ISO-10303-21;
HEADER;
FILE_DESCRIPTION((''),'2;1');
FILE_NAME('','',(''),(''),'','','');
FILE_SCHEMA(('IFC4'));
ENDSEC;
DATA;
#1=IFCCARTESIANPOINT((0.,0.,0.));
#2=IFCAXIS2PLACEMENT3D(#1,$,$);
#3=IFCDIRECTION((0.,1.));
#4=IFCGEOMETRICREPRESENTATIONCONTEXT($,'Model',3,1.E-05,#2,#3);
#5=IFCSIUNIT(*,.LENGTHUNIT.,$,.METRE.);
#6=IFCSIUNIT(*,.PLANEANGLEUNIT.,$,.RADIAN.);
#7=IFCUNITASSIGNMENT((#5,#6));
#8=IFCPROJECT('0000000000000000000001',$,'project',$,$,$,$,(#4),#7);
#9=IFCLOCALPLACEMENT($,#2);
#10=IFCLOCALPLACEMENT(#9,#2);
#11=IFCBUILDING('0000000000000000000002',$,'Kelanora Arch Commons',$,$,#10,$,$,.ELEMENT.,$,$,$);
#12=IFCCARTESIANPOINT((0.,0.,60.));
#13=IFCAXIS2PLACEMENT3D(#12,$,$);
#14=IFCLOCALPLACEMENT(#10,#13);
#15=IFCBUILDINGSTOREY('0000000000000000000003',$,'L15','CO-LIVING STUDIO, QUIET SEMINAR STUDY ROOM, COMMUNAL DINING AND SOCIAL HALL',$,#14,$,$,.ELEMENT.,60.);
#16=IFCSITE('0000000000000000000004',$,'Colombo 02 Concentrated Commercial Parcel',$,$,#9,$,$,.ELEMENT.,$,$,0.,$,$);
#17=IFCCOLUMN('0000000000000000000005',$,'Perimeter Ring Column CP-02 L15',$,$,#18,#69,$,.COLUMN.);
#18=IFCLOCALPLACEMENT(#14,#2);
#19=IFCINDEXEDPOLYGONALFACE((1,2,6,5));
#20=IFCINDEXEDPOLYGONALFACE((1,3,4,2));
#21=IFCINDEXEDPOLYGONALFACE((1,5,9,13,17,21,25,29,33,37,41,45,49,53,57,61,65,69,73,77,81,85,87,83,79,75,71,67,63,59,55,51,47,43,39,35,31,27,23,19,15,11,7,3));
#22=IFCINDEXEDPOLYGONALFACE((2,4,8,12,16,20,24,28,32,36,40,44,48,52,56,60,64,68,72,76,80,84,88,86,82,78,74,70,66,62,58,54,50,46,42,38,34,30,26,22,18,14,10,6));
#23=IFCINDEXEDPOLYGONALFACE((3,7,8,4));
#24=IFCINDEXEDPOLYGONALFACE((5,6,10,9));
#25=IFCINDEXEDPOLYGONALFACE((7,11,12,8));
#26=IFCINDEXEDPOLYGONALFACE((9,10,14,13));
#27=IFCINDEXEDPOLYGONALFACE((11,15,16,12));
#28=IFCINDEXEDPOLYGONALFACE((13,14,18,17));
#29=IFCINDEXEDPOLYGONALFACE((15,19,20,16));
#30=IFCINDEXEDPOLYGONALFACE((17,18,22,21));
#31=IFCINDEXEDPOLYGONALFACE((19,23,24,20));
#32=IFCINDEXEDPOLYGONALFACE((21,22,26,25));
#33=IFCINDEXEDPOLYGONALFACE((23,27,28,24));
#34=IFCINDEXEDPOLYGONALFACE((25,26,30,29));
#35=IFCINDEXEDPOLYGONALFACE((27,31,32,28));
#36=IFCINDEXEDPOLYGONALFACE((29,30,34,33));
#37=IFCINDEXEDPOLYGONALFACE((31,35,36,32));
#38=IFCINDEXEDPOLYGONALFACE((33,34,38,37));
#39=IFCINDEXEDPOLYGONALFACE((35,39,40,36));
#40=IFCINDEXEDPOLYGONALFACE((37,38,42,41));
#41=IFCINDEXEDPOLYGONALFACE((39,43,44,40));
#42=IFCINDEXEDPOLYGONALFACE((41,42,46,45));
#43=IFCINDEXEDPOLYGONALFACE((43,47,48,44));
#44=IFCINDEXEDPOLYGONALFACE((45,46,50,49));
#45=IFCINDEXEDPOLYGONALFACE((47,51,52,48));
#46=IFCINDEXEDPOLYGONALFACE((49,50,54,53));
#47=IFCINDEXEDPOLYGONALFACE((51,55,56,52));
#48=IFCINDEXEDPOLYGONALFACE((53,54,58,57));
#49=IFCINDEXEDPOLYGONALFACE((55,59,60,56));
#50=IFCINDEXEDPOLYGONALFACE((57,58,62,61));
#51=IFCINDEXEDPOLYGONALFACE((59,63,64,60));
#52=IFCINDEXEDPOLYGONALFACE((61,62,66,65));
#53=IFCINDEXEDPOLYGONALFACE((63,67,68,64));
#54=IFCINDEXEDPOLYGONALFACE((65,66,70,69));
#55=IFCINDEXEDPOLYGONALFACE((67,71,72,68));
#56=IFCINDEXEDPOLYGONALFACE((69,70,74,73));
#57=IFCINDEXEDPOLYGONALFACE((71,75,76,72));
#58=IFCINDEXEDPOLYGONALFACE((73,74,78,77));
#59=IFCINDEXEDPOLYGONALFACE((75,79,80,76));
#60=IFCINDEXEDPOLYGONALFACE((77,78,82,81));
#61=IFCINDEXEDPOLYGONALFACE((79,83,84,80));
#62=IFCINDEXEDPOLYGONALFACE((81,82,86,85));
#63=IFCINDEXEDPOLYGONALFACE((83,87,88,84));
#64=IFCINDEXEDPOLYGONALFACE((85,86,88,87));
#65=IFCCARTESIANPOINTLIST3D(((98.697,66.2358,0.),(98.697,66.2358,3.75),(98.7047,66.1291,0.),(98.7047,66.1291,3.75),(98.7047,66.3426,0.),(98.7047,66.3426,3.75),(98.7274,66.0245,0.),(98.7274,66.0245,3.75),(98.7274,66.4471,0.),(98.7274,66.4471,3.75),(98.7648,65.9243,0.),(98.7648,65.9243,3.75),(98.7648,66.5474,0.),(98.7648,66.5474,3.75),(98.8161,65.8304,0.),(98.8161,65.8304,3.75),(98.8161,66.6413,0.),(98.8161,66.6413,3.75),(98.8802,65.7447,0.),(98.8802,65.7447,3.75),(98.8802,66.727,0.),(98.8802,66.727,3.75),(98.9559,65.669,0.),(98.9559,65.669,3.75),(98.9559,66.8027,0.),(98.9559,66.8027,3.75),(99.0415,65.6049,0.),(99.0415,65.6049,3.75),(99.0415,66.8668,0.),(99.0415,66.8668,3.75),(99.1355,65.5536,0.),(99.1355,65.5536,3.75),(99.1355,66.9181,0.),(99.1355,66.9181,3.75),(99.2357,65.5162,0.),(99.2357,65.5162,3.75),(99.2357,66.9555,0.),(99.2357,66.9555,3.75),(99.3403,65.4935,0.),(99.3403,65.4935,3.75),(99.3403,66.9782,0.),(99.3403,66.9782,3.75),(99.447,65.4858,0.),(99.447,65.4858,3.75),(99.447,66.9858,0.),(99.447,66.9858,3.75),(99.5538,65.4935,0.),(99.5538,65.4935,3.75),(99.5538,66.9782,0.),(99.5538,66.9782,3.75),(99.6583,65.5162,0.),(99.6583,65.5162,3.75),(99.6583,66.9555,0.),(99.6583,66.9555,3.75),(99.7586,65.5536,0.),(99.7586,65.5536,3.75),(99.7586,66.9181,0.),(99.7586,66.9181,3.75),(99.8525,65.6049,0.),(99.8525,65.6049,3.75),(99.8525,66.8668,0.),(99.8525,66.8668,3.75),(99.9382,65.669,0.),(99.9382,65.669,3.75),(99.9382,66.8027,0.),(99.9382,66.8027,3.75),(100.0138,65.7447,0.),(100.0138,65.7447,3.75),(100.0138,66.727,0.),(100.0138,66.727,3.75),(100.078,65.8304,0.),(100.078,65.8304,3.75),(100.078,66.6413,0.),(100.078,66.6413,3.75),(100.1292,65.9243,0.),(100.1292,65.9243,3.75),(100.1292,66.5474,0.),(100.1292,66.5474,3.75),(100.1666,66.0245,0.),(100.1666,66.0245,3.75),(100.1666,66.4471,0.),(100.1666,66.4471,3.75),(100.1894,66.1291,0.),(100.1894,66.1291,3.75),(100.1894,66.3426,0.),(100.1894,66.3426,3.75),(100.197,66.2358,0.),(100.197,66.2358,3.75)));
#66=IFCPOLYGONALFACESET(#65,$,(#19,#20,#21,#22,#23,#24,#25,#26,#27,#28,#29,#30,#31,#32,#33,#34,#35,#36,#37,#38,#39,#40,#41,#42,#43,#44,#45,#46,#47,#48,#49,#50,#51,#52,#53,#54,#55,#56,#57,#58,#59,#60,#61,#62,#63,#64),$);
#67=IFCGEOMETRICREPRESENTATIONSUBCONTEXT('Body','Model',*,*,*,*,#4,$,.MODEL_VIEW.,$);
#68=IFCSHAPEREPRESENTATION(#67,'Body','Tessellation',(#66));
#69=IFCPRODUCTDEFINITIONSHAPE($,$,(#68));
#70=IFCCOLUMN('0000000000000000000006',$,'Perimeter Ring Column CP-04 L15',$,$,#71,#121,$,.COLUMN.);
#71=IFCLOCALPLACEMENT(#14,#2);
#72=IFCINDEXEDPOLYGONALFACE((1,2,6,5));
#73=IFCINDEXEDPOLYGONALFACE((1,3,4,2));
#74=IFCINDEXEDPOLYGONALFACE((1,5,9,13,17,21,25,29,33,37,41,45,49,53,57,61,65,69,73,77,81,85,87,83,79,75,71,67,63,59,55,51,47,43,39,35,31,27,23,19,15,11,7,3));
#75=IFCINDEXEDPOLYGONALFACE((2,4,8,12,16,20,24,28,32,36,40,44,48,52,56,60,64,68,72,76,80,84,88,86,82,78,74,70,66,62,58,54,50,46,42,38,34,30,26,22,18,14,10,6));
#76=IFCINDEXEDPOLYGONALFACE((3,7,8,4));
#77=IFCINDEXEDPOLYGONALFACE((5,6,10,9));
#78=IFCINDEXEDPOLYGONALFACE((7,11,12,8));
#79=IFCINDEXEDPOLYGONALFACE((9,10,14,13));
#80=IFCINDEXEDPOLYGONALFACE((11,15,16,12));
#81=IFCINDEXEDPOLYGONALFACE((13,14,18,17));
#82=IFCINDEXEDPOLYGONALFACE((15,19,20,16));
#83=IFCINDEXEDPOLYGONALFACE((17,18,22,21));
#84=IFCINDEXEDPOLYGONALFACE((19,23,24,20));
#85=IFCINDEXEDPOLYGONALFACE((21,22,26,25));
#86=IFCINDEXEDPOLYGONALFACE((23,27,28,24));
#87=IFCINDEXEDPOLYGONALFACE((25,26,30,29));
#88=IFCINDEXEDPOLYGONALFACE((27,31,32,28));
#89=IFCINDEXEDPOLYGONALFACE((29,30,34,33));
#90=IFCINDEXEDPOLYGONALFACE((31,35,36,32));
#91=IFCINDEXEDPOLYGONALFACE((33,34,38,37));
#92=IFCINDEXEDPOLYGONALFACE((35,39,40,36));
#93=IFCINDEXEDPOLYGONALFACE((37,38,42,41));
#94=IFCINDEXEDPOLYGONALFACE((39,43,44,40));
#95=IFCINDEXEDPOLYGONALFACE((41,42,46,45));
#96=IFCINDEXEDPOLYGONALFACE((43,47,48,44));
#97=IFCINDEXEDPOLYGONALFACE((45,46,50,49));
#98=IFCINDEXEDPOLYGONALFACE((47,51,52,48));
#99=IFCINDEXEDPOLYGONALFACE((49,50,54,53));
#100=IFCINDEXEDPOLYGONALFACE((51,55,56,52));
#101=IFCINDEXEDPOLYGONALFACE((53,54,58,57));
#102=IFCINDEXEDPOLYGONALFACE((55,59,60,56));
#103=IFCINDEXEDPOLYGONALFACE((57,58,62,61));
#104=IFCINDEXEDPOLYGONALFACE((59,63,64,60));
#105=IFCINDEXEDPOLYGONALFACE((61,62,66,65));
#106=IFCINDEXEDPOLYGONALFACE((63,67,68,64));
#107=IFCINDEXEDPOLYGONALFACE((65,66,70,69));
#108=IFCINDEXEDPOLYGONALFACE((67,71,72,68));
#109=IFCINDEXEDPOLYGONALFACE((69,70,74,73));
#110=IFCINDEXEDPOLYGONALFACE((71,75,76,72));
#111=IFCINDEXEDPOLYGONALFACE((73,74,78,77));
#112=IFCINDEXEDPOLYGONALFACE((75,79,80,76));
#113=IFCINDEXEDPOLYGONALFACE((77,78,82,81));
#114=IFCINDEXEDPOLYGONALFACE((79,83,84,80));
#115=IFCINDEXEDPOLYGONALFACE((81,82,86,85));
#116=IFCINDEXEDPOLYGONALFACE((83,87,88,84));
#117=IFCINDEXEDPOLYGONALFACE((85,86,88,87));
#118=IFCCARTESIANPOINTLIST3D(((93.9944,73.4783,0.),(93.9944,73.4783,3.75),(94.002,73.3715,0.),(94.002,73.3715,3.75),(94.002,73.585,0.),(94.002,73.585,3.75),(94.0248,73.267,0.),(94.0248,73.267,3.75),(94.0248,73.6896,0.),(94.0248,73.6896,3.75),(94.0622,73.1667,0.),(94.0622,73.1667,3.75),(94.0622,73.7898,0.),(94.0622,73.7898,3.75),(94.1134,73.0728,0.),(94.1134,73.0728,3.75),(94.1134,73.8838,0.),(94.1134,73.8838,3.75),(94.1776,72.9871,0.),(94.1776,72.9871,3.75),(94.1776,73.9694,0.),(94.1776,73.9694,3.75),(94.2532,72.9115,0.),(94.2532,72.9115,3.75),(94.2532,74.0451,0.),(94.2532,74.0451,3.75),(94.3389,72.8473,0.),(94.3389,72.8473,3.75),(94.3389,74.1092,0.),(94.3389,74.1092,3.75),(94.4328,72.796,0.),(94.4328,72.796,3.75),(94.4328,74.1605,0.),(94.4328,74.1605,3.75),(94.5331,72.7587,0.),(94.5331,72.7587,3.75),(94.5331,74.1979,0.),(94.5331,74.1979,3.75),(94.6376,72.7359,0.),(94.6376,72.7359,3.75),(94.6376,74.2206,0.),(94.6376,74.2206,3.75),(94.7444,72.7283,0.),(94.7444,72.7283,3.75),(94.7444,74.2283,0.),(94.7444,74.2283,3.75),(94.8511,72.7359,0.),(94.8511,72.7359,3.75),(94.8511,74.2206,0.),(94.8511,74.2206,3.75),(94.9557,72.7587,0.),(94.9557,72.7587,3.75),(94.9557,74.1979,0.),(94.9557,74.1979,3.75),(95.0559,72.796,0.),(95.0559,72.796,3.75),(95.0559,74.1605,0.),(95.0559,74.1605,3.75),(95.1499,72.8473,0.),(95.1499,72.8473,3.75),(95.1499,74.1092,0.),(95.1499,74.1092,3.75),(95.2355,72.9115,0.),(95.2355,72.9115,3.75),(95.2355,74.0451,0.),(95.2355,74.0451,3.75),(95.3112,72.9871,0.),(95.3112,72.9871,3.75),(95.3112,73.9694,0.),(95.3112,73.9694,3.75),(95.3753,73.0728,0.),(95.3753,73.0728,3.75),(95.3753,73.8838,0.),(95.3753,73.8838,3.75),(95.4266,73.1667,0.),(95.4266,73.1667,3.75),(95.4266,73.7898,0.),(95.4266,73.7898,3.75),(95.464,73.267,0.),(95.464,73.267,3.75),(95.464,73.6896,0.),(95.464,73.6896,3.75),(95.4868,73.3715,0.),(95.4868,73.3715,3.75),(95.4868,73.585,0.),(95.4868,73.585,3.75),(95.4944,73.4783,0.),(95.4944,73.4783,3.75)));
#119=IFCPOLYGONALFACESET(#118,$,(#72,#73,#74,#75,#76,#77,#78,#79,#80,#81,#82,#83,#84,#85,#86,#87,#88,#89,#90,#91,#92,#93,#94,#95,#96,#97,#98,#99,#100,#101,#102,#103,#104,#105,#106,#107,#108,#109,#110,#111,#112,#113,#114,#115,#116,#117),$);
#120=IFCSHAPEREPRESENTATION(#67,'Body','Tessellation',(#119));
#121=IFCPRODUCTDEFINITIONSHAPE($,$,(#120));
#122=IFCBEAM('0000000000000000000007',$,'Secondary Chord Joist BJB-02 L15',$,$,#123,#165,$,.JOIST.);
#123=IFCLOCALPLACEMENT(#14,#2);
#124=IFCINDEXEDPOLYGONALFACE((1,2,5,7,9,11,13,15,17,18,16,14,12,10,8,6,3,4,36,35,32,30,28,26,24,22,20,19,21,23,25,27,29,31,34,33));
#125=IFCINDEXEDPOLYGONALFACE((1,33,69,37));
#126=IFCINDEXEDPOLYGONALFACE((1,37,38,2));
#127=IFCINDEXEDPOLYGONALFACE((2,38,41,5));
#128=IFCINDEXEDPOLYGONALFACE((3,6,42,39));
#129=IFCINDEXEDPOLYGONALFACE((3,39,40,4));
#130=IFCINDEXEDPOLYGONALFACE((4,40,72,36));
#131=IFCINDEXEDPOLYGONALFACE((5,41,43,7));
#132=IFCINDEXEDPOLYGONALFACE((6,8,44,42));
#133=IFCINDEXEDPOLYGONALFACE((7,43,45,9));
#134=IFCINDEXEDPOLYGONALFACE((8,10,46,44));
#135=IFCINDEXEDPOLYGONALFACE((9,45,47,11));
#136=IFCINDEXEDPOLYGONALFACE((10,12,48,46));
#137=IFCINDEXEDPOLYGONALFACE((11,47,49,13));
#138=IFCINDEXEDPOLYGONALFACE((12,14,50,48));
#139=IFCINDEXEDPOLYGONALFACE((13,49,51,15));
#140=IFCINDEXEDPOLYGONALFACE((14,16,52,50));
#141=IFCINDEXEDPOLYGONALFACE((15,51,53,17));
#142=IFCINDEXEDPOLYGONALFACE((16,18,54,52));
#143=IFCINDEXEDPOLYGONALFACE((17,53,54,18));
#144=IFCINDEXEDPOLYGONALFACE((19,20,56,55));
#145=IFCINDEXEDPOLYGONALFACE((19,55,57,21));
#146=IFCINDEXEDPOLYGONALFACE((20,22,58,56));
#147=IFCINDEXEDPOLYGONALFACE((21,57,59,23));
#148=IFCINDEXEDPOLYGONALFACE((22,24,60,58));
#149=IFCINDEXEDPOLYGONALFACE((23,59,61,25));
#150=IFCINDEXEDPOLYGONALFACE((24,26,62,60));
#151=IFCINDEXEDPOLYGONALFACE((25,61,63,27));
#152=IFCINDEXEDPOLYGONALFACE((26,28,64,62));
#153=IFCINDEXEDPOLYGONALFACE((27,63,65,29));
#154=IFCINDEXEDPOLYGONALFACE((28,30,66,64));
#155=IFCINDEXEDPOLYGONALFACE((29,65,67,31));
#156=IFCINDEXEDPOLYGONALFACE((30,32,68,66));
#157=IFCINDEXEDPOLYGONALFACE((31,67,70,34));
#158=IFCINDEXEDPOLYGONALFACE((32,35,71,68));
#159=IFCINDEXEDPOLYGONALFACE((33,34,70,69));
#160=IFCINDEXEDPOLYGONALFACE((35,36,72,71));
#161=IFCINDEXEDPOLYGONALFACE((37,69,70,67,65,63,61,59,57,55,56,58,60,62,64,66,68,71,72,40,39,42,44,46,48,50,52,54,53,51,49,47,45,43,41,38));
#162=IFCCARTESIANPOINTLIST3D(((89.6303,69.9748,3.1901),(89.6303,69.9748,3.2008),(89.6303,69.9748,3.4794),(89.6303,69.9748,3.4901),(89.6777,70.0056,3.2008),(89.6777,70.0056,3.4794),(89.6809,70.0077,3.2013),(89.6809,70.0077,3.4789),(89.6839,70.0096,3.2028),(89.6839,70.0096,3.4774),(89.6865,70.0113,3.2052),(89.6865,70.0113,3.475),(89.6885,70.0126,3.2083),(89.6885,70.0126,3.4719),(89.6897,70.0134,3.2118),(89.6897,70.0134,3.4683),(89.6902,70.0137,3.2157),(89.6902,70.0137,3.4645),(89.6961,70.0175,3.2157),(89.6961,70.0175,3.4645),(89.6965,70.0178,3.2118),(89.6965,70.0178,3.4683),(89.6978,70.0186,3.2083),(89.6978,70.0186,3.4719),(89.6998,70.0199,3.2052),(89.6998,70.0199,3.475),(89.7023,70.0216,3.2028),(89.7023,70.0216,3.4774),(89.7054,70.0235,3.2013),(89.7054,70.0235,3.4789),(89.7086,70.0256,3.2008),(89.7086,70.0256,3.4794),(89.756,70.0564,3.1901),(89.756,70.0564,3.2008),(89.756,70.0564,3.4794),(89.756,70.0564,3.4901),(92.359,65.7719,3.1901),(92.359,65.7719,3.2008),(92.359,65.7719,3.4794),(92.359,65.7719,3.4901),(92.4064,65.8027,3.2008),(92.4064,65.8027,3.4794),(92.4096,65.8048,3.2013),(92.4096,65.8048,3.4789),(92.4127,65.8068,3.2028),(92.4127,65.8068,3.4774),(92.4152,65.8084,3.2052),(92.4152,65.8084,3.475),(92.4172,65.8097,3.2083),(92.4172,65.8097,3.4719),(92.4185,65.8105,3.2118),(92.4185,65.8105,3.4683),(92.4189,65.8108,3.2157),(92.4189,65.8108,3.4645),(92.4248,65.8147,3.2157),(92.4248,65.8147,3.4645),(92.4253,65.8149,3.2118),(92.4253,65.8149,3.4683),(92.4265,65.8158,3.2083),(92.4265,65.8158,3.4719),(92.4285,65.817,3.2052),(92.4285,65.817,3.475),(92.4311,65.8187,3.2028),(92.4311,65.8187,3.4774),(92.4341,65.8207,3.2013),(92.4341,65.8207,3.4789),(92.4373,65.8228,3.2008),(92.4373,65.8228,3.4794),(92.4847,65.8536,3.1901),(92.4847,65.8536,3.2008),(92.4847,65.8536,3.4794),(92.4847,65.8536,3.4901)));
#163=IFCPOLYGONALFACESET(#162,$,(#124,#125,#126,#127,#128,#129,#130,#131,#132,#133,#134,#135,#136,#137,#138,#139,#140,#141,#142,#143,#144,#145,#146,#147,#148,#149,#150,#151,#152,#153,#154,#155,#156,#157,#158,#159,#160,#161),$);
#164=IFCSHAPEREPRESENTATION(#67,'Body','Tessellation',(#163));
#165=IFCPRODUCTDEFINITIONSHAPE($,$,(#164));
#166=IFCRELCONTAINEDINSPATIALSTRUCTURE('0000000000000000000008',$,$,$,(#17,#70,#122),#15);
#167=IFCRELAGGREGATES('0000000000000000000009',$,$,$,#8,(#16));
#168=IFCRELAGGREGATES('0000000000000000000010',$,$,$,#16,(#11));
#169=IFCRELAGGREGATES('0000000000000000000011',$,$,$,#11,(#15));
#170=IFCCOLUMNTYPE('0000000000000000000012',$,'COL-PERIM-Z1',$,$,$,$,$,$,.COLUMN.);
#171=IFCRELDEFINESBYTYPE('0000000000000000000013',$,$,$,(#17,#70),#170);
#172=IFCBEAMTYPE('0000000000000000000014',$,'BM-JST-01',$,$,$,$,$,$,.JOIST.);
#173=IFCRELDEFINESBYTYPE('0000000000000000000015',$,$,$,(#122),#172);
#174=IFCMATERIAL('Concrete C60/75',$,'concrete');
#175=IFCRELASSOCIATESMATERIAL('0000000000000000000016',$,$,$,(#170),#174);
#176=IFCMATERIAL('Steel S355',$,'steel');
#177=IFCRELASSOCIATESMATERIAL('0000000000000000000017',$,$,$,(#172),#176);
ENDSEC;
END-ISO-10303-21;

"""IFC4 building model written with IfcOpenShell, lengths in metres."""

from ifc_helpers import new_model, si_unit, direction, frame, origin, origin_2d, place, context, subcontext, project, spatial, circle, i_section, extrude, material, material_profile, profile_set, type_object, element, save


model = new_model("IFC4")

# Units and contexts
model_context = context("Model", 3, precision=1e-05, world=origin(), true_north=direction((0.0, 1.0)))
body_context = subcontext(model_context, "Body", "Model", "MODEL_VIEW")
ifc_project = project(units=[si_unit("LENGTHUNIT", "METRE"), si_unit("PLANEANGLEUNIT", "RADIAN")], contexts=[model_context])

# Site, building, storey
site_placement = place(None, origin())
site = spatial("IfcSite", under=ifc_project, at=site_placement, Name="Colombo 02 Concentrated Commercial Parcel", CompositionType="ELEMENT", RefElevation=0.0)
building_placement = place(site_placement, origin())
building = spatial("IfcBuilding", under=site, at=building_placement, Name="Kelanora Arch Commons", CompositionType="ELEMENT")
storey_placement = place(building_placement, frame((0.0, 0.0, 60.0)))
storey = spatial("IfcBuildingStorey", under=building, at=storey_placement, Name="L15", Description="CO-LIVING STUDIO, QUIET SEMINAR STUDY ROOM, COMMUNAL DINING AND SOCIAL HALL", CompositionType="ELEMENT", Elevation=60.0)

# Columns
ifc_material_1 = material(Name="Concrete C60/75", Category="concrete")
ifc_material_profile_1 = material_profile(ifc_material_1, circle(Radius=0.75, at=origin_2d()), Name="RCC1500")
ifc_profile_set_1 = profile_set([ifc_material_profile_1], Name="Concrete C60/75")
column_type = type_object("IfcColumnType", Name="COL-PERIM-Z1", PredefinedType="COLUMN", material=ifc_profile_set_1)
for number, where, z_axis, x_axis, name in (
    (1, (99.447, 66.2358, 0.0), (0.0, 0.0, 1.0), (1.0, 0.0, 0.0), "Perimeter Ring Column CP-02 L15"),
    (2, (94.7444, 73.4783, 0.0), (0.0, 0.0, 1.0), (1.0, 0.0, 0.0), "Perimeter Ring Column CP-04 L15"),
):
    element("IfcColumn", number, at=place(storey_placement, frame(where, z_axis=z_axis, x_axis=x_axis)), inside=storey, type_object=column_type, Name=name, PredefinedType="COLUMN", context=body_context, shape_type="SweptSolid", body=[
        extrude(circle(Radius=0.75, at=origin_2d()), origin(), (0.0, 0.0, 1.0), 3.75),
    ])

# Beam
ifc_material_2 = material(Name="Steel S355", Category="steel")
ifc_material_profile_2 = material_profile(ifc_material_2, i_section(OverallWidth=0.1499, OverallDepth=0.3, WebThickness=0.0071, FlangeThickness=0.0107, FilletRadius=0.0149, at=origin_2d()), Name="IPE300")
ifc_profile_set_2 = profile_set([ifc_material_profile_2], Name="Steel S355")
beam_type_1 = type_object("IfcBeamType", Name="BM-JST-01", PredefinedType="JOIST", material=ifc_profile_set_2)
beam_1_placement = place(storey_placement, frame((92.4219, 65.8127, 3.3401), z_axis=(-0.544552, 0.838727, 0.0), x_axis=(-0.838727, -0.544552, 0.0)))
element("IfcBeam", 3, at=beam_1_placement, inside=storey, type_object=beam_type_1, Name="Secondary Chord Joist BJB-02 L15", PredefinedType="JOIST", context=body_context, shape_type="SweptSolid", body=[
    extrude(i_section(OverallWidth=0.1499, OverallDepth=0.3, WebThickness=0.0071, FlangeThickness=0.0107, FilletRadius=0.0149, at=origin_2d()), origin(), (0.0, 0.0, 1.0), 5.011),
])

save(model, "model.ifc")
